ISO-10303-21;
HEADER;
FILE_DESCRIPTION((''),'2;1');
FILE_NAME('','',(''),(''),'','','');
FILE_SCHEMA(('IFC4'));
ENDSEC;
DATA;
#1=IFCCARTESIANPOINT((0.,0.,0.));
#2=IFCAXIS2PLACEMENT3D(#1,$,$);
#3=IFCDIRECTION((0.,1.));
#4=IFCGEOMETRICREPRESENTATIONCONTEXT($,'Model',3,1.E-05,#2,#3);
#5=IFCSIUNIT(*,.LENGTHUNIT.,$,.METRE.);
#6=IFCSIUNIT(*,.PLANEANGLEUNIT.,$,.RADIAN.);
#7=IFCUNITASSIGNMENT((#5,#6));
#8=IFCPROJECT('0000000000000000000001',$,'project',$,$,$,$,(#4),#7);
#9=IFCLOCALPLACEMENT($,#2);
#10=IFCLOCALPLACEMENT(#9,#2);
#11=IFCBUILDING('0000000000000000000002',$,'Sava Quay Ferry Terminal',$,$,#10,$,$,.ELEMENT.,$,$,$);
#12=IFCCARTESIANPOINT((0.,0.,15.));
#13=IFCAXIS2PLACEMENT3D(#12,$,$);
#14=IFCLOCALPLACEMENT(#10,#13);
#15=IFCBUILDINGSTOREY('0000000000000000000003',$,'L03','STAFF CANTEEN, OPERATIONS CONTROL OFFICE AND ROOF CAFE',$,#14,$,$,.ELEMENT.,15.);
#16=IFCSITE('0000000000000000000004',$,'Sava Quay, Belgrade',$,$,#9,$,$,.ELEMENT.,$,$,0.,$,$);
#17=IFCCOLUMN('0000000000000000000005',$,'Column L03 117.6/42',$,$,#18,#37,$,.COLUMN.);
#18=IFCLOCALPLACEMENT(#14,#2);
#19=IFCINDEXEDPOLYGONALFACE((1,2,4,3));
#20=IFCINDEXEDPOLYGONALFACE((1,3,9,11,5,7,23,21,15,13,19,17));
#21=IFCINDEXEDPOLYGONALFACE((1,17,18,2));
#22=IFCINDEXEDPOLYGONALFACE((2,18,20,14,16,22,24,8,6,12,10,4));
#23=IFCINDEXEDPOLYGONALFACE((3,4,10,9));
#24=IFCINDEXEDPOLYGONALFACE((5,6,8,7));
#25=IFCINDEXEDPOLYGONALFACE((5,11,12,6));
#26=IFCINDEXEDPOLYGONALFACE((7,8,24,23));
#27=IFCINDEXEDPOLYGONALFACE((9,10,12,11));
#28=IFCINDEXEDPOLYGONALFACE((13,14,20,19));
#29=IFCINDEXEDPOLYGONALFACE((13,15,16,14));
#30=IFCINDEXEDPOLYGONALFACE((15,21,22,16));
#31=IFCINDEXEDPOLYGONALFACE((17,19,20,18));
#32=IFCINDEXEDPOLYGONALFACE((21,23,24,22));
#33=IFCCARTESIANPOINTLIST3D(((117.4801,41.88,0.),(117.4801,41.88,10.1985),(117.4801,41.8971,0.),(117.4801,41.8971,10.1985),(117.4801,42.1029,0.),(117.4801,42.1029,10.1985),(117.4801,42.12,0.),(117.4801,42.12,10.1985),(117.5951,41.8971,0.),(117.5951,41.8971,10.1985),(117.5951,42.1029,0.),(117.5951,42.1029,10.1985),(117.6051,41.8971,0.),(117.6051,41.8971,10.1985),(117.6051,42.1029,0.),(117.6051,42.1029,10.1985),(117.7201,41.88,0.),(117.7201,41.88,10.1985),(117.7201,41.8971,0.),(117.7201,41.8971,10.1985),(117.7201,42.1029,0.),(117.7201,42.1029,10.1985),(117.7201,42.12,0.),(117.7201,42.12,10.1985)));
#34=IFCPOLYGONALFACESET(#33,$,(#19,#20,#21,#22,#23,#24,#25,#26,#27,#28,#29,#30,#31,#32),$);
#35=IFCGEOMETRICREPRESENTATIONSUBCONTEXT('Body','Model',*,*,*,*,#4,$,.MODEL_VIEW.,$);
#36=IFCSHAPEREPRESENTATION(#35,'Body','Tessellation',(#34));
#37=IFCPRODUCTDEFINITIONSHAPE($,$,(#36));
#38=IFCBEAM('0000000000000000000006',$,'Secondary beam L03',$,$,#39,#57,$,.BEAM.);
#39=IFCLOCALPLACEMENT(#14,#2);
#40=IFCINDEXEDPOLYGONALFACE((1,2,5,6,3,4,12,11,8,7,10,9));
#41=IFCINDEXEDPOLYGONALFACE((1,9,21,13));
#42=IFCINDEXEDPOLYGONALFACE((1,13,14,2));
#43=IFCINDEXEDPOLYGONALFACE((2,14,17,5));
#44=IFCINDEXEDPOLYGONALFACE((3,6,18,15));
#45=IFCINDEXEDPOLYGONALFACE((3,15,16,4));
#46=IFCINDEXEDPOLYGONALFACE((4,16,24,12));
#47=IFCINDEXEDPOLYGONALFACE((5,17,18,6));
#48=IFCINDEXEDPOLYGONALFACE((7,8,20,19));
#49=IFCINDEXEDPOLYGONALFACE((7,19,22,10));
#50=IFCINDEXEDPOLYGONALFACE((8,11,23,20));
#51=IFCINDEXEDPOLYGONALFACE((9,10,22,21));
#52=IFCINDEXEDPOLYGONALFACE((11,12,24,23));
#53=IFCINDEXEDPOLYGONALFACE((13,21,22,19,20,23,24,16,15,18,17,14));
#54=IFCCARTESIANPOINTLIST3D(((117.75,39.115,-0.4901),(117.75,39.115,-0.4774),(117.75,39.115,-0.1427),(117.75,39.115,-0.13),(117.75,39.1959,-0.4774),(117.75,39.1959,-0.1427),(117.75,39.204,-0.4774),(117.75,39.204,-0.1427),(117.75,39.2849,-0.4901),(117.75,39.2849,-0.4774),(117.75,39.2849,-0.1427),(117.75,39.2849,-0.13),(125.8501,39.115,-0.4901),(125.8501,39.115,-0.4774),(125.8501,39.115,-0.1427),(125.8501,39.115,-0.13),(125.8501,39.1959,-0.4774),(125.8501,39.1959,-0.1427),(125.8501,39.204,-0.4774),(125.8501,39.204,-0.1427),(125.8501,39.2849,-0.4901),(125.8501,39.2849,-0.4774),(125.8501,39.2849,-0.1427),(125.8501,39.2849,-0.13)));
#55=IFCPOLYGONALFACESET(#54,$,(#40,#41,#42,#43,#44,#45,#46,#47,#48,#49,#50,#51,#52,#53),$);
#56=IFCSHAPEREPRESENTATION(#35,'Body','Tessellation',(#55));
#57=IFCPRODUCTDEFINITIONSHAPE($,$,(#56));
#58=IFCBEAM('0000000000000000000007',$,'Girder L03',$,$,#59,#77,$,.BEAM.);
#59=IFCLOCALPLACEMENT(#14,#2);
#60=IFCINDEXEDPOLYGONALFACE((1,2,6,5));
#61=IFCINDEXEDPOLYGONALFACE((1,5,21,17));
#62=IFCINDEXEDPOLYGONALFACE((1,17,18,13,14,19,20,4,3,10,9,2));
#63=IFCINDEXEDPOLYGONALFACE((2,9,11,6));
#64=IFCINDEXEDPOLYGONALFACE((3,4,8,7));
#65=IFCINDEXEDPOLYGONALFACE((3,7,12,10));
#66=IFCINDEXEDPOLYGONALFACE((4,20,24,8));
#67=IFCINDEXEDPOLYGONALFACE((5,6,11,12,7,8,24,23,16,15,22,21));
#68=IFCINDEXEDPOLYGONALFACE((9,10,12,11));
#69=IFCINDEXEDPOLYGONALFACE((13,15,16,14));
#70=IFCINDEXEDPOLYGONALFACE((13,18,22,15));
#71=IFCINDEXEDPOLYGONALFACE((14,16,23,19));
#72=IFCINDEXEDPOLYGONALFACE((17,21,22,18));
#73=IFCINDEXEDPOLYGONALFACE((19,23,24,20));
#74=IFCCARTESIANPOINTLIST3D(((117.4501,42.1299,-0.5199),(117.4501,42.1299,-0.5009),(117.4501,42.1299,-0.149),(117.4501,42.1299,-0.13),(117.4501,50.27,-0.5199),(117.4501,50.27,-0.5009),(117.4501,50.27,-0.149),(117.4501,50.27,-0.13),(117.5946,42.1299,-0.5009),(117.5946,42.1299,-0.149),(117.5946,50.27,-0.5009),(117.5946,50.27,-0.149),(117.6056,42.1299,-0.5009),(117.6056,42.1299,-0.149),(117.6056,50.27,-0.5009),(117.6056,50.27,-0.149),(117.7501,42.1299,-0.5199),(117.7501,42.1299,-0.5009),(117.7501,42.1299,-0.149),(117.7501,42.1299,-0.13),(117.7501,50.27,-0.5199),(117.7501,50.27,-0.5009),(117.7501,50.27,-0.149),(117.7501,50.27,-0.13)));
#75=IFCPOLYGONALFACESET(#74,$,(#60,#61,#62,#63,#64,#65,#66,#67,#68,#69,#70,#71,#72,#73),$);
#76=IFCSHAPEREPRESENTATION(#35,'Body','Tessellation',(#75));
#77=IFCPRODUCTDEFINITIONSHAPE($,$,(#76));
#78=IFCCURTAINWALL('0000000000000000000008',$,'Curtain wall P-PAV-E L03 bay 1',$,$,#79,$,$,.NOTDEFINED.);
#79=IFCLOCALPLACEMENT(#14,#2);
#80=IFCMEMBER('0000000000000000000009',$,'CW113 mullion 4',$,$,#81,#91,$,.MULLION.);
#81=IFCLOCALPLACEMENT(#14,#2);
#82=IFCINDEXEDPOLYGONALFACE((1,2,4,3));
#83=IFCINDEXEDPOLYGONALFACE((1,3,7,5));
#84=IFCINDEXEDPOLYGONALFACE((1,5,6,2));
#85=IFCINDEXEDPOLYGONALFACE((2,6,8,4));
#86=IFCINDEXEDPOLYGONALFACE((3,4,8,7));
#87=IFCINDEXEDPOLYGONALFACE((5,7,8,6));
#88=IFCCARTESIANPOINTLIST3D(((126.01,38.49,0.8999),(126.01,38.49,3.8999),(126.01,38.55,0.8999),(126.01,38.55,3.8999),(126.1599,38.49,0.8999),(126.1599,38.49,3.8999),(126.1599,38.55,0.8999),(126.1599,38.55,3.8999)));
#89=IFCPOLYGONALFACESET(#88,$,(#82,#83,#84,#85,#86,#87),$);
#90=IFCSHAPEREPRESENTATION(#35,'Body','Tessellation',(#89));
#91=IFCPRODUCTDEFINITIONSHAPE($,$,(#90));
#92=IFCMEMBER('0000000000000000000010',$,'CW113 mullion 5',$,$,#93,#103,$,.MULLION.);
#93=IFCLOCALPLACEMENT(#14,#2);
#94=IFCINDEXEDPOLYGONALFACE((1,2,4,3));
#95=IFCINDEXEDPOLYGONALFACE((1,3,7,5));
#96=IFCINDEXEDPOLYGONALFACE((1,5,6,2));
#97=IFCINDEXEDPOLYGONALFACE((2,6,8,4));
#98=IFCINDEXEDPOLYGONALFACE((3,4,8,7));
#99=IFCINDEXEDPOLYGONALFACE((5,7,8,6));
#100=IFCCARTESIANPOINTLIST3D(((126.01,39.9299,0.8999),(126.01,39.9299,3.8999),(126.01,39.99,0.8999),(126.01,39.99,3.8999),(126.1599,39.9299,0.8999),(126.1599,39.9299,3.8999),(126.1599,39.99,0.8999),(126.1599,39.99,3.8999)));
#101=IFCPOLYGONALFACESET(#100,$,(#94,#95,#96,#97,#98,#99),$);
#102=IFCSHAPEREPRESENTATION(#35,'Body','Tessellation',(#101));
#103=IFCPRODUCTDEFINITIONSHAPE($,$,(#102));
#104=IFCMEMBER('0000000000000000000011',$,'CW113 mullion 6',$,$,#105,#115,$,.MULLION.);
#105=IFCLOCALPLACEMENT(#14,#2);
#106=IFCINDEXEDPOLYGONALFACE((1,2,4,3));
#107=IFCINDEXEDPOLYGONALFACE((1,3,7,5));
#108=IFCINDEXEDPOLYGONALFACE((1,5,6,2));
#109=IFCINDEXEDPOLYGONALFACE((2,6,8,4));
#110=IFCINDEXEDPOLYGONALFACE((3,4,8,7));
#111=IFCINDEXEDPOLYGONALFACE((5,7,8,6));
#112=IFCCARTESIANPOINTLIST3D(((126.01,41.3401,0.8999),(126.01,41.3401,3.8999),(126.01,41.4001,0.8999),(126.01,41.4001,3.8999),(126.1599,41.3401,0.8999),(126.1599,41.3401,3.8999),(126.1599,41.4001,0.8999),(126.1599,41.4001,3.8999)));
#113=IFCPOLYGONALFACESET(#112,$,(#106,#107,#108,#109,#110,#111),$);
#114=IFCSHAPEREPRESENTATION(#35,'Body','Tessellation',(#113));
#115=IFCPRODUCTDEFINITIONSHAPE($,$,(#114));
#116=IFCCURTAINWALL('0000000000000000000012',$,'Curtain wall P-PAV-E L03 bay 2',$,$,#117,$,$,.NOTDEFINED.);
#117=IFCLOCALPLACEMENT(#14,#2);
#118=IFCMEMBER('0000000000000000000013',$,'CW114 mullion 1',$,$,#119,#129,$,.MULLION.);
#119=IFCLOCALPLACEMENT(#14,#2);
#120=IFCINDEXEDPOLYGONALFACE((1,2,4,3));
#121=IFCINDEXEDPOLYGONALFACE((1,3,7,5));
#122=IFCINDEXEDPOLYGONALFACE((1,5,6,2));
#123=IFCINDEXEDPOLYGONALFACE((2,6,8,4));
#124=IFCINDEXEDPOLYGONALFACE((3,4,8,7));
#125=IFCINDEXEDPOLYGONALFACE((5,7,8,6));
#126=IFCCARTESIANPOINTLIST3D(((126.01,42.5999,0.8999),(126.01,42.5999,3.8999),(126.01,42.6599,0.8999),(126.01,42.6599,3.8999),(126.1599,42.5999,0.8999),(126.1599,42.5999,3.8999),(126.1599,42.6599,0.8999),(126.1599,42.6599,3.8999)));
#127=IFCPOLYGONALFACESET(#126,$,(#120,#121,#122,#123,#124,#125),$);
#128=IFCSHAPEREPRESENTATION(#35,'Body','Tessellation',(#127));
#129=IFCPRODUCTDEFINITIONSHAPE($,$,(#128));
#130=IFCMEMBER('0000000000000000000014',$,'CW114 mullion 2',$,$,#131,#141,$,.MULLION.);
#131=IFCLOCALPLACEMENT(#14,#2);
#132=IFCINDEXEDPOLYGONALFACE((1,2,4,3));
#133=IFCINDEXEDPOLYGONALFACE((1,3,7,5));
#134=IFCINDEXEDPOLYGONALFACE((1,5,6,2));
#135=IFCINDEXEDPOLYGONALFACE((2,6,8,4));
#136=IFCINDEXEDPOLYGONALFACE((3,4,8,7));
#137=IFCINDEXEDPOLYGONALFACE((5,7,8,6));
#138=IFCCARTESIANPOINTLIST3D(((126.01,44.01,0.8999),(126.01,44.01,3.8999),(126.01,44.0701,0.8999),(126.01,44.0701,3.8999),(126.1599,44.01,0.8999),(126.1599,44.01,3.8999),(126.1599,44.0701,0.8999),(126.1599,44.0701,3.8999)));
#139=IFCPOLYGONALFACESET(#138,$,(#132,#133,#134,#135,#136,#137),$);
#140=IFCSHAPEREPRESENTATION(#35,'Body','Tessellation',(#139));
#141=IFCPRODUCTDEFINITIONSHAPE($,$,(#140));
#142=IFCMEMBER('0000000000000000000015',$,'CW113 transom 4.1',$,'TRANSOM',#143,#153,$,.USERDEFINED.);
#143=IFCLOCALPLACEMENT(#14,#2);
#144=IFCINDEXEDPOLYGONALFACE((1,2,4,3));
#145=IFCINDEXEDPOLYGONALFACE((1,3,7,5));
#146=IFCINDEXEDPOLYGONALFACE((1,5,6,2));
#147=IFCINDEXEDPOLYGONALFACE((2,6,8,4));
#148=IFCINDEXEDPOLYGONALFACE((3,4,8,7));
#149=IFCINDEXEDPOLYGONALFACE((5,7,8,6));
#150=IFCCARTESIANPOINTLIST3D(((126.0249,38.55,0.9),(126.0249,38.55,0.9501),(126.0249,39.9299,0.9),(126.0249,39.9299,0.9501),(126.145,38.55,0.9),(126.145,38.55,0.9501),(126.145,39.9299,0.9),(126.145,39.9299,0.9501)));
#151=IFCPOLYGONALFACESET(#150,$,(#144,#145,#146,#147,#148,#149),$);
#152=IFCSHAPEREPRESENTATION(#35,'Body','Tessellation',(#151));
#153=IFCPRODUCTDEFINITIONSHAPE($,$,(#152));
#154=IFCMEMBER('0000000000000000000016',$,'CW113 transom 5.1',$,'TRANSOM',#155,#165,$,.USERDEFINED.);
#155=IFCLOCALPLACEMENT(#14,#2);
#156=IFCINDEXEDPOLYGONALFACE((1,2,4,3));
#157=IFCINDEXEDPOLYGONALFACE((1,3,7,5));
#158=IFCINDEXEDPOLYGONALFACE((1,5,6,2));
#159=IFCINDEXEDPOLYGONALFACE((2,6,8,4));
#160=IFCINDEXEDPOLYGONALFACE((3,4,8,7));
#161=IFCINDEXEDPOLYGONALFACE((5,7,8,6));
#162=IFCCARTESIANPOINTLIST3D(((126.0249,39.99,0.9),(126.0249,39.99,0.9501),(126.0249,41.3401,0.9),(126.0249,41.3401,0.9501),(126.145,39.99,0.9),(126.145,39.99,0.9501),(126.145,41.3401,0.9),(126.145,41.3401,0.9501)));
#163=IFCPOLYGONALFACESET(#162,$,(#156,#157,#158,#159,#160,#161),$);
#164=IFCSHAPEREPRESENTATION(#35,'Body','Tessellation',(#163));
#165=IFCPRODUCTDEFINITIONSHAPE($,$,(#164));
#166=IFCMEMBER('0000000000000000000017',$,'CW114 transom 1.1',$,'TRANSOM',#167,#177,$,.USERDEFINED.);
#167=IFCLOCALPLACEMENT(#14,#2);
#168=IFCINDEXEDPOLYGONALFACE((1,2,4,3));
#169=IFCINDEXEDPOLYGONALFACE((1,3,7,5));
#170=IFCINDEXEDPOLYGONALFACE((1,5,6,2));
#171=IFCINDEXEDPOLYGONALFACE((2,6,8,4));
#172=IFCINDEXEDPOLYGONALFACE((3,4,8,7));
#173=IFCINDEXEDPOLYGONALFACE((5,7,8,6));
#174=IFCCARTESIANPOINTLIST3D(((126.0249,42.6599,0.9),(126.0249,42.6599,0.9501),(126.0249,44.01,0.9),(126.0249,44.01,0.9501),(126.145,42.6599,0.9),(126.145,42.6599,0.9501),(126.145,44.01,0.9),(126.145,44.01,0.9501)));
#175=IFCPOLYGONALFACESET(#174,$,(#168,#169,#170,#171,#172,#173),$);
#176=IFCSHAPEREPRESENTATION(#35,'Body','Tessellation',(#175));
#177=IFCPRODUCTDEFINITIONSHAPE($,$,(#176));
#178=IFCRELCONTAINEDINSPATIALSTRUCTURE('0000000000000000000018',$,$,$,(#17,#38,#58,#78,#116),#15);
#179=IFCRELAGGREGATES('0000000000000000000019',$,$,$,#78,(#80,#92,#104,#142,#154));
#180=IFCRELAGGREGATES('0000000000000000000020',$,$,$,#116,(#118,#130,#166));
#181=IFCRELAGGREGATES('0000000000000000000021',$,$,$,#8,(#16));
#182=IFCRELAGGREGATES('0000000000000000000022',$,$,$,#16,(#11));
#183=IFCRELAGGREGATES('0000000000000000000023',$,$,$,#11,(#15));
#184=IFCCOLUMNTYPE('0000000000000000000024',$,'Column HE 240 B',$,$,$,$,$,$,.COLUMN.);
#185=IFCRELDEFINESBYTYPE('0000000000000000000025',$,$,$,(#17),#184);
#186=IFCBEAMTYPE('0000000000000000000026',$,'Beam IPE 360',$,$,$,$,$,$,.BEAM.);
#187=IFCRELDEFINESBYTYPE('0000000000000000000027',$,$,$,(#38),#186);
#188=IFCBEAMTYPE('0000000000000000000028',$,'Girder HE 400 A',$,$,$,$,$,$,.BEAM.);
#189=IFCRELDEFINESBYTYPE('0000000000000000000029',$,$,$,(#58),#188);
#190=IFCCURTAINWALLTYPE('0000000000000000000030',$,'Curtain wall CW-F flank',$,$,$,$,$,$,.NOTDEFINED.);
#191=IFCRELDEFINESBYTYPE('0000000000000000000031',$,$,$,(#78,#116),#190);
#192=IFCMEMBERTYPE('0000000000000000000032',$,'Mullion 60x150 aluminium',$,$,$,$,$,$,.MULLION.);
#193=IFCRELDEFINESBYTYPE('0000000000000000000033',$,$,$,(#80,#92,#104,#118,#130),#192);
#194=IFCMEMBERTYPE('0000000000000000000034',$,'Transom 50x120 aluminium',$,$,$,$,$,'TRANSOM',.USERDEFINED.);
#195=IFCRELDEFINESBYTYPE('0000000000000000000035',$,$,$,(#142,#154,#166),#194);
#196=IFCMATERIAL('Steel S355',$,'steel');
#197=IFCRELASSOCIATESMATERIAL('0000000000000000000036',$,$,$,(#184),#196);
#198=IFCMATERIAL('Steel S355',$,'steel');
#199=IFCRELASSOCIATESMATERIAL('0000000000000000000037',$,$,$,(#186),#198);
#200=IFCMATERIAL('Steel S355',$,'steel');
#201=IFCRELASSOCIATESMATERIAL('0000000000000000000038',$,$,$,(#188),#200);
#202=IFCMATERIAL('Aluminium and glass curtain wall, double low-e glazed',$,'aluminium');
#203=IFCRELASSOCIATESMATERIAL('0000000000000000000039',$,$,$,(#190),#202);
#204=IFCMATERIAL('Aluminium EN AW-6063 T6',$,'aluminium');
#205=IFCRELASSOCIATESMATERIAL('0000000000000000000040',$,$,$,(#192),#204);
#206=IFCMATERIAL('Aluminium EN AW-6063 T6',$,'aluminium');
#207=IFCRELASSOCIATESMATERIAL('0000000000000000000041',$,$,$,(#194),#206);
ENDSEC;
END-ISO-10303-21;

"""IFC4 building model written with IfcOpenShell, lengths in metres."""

from ifc_helpers import new_model, si_unit, direction, frame, origin, origin_2d, place, context, subcontext, project, spatial, rectangle, i_section, extrude, material, material_profile, profile_set, type_object, element, aggregate, save


model = new_model("IFC4")

# Units and contexts
model_context = context("Model", 3, precision=1e-05, world=origin(), true_north=direction((0.0, 1.0)))
body_context = subcontext(model_context, "Body", "Model", "MODEL_VIEW")
ifc_project = project(units=[si_unit("LENGTHUNIT", "METRE"), si_unit("PLANEANGLEUNIT", "RADIAN")], contexts=[model_context])

# Site, building, storey
site_placement = place(None, origin())
site = spatial("IfcSite", under=ifc_project, at=site_placement, Name="Sava Quay, Belgrade", CompositionType="ELEMENT", RefElevation=0.0)
building_placement = place(site_placement, origin())
building = spatial("IfcBuilding", under=site, at=building_placement, Name="Sava Quay Ferry Terminal", CompositionType="ELEMENT")
storey_placement = place(building_placement, frame((0.0, 0.0, 15.0)))
storey = spatial("IfcBuildingStorey", under=building, at=storey_placement, Name="L03", Description="STAFF CANTEEN, OPERATIONS CONTROL OFFICE AND ROOF CAFE", CompositionType="ELEMENT", Elevation=15.0)

# Column
ifc_material_1 = material(Name="Steel S355", Category="steel")
ifc_material_profile_1 = material_profile(ifc_material_1, i_section(OverallWidth=0.24, OverallDepth=0.24, WebThickness=0.01, FlangeThickness=0.0171, at=origin_2d()), Name="HE 240 B")
ifc_profile_set_1 = profile_set([ifc_material_profile_1], Name="Steel S355")
column_type = type_object("IfcColumnType", Name="Column HE 240 B", PredefinedType="COLUMN", material=ifc_profile_set_1)
column_placement = place(storey_placement, frame((117.6001, 42.0, 0.0), z_axis=(0.0, 0.0, 1.0), x_axis=(1.0, 0.0, 0.0)))
element("IfcColumn", 1, at=column_placement, inside=storey, type_object=column_type, Name="Column L03 117.6/42", PredefinedType="COLUMN", context=body_context, shape_type="SweptSolid", body=[
    extrude(i_section(OverallWidth=0.24, OverallDepth=0.24, WebThickness=0.01, FlangeThickness=0.0171, at=origin_2d()), origin(), (0.0, 0.0, 1.0), 10.1985),
])

# Beams
ifc_material_2 = material(Name="Steel S355", Category="steel")
ifc_material_profile_2 = material_profile(ifc_material_2, i_section(OverallWidth=0.1699, OverallDepth=0.3601, WebThickness=0.0081, FlangeThickness=0.0127, at=origin_2d()), Name="IPE 360")
ifc_profile_set_2 = profile_set([ifc_material_profile_2], Name="Steel S355")
beam_type_1 = type_object("IfcBeamType", Name="Beam IPE 360", PredefinedType="BEAM", material=ifc_profile_set_2)
beam_1_placement = place(storey_placement, frame((117.75, 39.2, -0.3101), z_axis=(1.0, 0.0, 0.0), x_axis=(0.0, 1.0, 0.0)))
element("IfcBeam", 2, at=beam_1_placement, inside=storey, type_object=beam_type_1, Name="Secondary beam L03", PredefinedType="BEAM", context=body_context, shape_type="SweptSolid", body=[
    extrude(i_section(OverallWidth=0.1699, OverallDepth=0.3601, WebThickness=0.0081, FlangeThickness=0.0127, at=origin_2d()), origin(), (0.0, 0.0, 1.0), 8.1001),
])
ifc_material_3 = material(Name="Steel S355", Category="steel")
ifc_material_profile_3 = material_profile(ifc_material_3, i_section(OverallWidth=0.3, OverallDepth=0.3899, WebThickness=0.011, FlangeThickness=0.019, at=origin_2d()), Name="HE 400 A")
ifc_profile_set_3 = profile_set([ifc_material_profile_3], Name="Steel S355")
beam_type_2 = type_object("IfcBeamType", Name="Girder HE 400 A", PredefinedType="BEAM", material=ifc_profile_set_3)
beam_2_placement = place(storey_placement, frame((117.6001, 42.1299, -0.325), z_axis=(0.0, 1.0, 0.0), x_axis=(-1.0, 0.0, 0.0)))
element("IfcBeam", 3, at=beam_2_placement, inside=storey, type_object=beam_type_2, Name="Girder L03", PredefinedType="BEAM", context=body_context, shape_type="SweptSolid", body=[
    extrude(i_section(OverallWidth=0.3, OverallDepth=0.3899, WebThickness=0.011, FlangeThickness=0.019, at=origin_2d()), origin(), (0.0, 0.0, 1.0), 8.1401),
])

# Curtain walls, members
ifc_material_4 = material(Name="Aluminium and glass curtain wall, double low-e glazed", Category="aluminium")
curtain_wall_type = type_object("IfcCurtainWallType", Name="Curtain wall CW-F flank", PredefinedType="NOTDEFINED", material=ifc_material_4)
curtain_wall_1_placement = place(storey_placement, origin())
curtain_wall_1 = element("IfcCurtainWall", 4, at=curtain_wall_1_placement, inside=storey, type_object=curtain_wall_type, Name="Curtain wall P-PAV-E L03 bay 1", PredefinedType="NOTDEFINED")
ifc_material_5 = material(Name="Aluminium EN AW-6063 T6", Category="aluminium")
ifc_material_profile_4 = material_profile(ifc_material_5, rectangle(XDim=0.1499, YDim=0.0601, at=origin_2d()), Name="Mullion 60x150 aluminium")
ifc_profile_set_4 = profile_set([ifc_material_profile_4], Name="Aluminium EN AW-6063 T6")
member_type_1 = type_object("IfcMemberType", Name="Mullion 60x150 aluminium", PredefinedType="MULLION", material=ifc_profile_set_4)
member_1_placement = place(storey_placement, frame((126.085, 38.52, 0.8999), z_axis=(0.0, 0.0, 1.0), x_axis=(-1.0, 0.0, 0.0)))
member_1 = element("IfcMember", 5, at=member_1_placement, type_object=member_type_1, Name="CW113 mullion 4", PredefinedType="MULLION", context=body_context, shape_type="SweptSolid", body=[
    extrude(rectangle(XDim=0.1499, YDim=0.0601, at=origin_2d()), origin(), (0.0, 0.0, 1.0), 3.0),
])
member_2_placement = place(storey_placement, frame((126.085, 39.96, 0.8999), z_axis=(0.0, 0.0, 1.0), x_axis=(-1.0, 0.0, 0.0)))
member_2 = element("IfcMember", 6, at=member_2_placement, type_object=member_type_1, Name="CW113 mullion 5", PredefinedType="MULLION", context=body_context, shape_type="SweptSolid", body=[
    extrude(rectangle(XDim=0.1499, YDim=0.0601, at=origin_2d()), origin(), (0.0, 0.0, 1.0), 3.0),
])
member_3_placement = place(storey_placement, frame((126.085, 41.3701, 0.8999), z_axis=(0.0, 0.0, 1.0), x_axis=(-1.0, 0.0, 0.0)))
member_3 = element("IfcMember", 7, at=member_3_placement, type_object=member_type_1, Name="CW113 mullion 6", PredefinedType="MULLION", context=body_context, shape_type="SweptSolid", body=[
    extrude(rectangle(XDim=0.1499, YDim=0.0601, at=origin_2d()), origin(), (0.0, 0.0, 1.0), 3.0),
])
curtain_wall_2_placement = place(storey_placement, origin())
curtain_wall_2 = element("IfcCurtainWall", 8, at=curtain_wall_2_placement, inside=storey, type_object=curtain_wall_type, Name="Curtain wall P-PAV-E L03 bay 2", PredefinedType="NOTDEFINED")
member_4_placement = place(storey_placement, frame((126.085, 42.6299, 0.8999), z_axis=(0.0, 0.0, 1.0), x_axis=(-1.0, 0.0, 0.0)))
member_4 = element("IfcMember", 9, at=member_4_placement, type_object=member_type_1, Name="CW114 mullion 1", PredefinedType="MULLION", context=body_context, shape_type="SweptSolid", body=[
    extrude(rectangle(XDim=0.1499, YDim=0.0601, at=origin_2d()), origin(), (0.0, 0.0, 1.0), 3.0),
])
member_5_placement = place(storey_placement, frame((126.085, 44.04, 0.8999), z_axis=(0.0, 0.0, 1.0), x_axis=(-1.0, 0.0, 0.0)))
member_5 = element("IfcMember", 10, at=member_5_placement, type_object=member_type_1, Name="CW114 mullion 2", PredefinedType="MULLION", context=body_context, shape_type="SweptSolid", body=[
    extrude(rectangle(XDim=0.1499, YDim=0.0601, at=origin_2d()), origin(), (0.0, 0.0, 1.0), 3.0),
])

# Members
ifc_material_6 = material(Name="Aluminium EN AW-6063 T6", Category="aluminium")
ifc_material_profile_5 = material_profile(ifc_material_6, rectangle(XDim=0.1201, YDim=0.05, at=origin_2d()), Name="Transom 50x120 aluminium")
ifc_profile_set_5 = profile_set([ifc_material_profile_5], Name="Aluminium EN AW-6063 T6")
member_type_2 = type_object("IfcMemberType", Name="Transom 50x120 aluminium", ElementType="TRANSOM", PredefinedType="USERDEFINED", material=ifc_profile_set_5)
member_6_placement = place(storey_placement, frame((126.085, 38.55, 0.925), z_axis=(0.0, 1.0, 0.0), x_axis=(-1.0, 0.0, 0.0)))
member_6 = element("IfcMember", 11, at=member_6_placement, type_object=member_type_2, Name="CW113 transom 4.1", ObjectType="TRANSOM", PredefinedType="USERDEFINED", context=body_context, shape_type="SweptSolid", body=[
    extrude(rectangle(XDim=0.1201, YDim=0.05, at=origin_2d()), origin(), (0.0, 0.0, 1.0), 1.3799),
])
member_7_placement = place(storey_placement, frame((126.085, 39.99, 0.925), z_axis=(0.0, 1.0, 0.0), x_axis=(-1.0, 0.0, 0.0)))
member_7 = element("IfcMember", 12, at=member_7_placement, type_object=member_type_2, Name="CW113 transom 5.1", ObjectType="TRANSOM", PredefinedType="USERDEFINED", context=body_context, shape_type="SweptSolid", body=[
    extrude(rectangle(XDim=0.1201, YDim=0.05, at=origin_2d()), origin(), (0.0, 0.0, 1.0), 1.3501),
])
aggregate(curtain_wall_1, [member_1, member_2, member_3, member_6, member_7])
member_8_placement = place(storey_placement, frame((126.085, 42.6599, 0.925), z_axis=(0.0, 1.0, 0.0), x_axis=(-1.0, 0.0, 0.0)))
member_8 = element("IfcMember", 13, at=member_8_placement, type_object=member_type_2, Name="CW114 transom 1.1", ObjectType="TRANSOM", PredefinedType="USERDEFINED", context=body_context, shape_type="SweptSolid", body=[
    extrude(rectangle(XDim=0.1201, YDim=0.05, at=origin_2d()), origin(), (0.0, 0.0, 1.0), 1.3501),
])
aggregate(curtain_wall_2, [member_4, member_5, member_8])

save(model, "model.ifc")
